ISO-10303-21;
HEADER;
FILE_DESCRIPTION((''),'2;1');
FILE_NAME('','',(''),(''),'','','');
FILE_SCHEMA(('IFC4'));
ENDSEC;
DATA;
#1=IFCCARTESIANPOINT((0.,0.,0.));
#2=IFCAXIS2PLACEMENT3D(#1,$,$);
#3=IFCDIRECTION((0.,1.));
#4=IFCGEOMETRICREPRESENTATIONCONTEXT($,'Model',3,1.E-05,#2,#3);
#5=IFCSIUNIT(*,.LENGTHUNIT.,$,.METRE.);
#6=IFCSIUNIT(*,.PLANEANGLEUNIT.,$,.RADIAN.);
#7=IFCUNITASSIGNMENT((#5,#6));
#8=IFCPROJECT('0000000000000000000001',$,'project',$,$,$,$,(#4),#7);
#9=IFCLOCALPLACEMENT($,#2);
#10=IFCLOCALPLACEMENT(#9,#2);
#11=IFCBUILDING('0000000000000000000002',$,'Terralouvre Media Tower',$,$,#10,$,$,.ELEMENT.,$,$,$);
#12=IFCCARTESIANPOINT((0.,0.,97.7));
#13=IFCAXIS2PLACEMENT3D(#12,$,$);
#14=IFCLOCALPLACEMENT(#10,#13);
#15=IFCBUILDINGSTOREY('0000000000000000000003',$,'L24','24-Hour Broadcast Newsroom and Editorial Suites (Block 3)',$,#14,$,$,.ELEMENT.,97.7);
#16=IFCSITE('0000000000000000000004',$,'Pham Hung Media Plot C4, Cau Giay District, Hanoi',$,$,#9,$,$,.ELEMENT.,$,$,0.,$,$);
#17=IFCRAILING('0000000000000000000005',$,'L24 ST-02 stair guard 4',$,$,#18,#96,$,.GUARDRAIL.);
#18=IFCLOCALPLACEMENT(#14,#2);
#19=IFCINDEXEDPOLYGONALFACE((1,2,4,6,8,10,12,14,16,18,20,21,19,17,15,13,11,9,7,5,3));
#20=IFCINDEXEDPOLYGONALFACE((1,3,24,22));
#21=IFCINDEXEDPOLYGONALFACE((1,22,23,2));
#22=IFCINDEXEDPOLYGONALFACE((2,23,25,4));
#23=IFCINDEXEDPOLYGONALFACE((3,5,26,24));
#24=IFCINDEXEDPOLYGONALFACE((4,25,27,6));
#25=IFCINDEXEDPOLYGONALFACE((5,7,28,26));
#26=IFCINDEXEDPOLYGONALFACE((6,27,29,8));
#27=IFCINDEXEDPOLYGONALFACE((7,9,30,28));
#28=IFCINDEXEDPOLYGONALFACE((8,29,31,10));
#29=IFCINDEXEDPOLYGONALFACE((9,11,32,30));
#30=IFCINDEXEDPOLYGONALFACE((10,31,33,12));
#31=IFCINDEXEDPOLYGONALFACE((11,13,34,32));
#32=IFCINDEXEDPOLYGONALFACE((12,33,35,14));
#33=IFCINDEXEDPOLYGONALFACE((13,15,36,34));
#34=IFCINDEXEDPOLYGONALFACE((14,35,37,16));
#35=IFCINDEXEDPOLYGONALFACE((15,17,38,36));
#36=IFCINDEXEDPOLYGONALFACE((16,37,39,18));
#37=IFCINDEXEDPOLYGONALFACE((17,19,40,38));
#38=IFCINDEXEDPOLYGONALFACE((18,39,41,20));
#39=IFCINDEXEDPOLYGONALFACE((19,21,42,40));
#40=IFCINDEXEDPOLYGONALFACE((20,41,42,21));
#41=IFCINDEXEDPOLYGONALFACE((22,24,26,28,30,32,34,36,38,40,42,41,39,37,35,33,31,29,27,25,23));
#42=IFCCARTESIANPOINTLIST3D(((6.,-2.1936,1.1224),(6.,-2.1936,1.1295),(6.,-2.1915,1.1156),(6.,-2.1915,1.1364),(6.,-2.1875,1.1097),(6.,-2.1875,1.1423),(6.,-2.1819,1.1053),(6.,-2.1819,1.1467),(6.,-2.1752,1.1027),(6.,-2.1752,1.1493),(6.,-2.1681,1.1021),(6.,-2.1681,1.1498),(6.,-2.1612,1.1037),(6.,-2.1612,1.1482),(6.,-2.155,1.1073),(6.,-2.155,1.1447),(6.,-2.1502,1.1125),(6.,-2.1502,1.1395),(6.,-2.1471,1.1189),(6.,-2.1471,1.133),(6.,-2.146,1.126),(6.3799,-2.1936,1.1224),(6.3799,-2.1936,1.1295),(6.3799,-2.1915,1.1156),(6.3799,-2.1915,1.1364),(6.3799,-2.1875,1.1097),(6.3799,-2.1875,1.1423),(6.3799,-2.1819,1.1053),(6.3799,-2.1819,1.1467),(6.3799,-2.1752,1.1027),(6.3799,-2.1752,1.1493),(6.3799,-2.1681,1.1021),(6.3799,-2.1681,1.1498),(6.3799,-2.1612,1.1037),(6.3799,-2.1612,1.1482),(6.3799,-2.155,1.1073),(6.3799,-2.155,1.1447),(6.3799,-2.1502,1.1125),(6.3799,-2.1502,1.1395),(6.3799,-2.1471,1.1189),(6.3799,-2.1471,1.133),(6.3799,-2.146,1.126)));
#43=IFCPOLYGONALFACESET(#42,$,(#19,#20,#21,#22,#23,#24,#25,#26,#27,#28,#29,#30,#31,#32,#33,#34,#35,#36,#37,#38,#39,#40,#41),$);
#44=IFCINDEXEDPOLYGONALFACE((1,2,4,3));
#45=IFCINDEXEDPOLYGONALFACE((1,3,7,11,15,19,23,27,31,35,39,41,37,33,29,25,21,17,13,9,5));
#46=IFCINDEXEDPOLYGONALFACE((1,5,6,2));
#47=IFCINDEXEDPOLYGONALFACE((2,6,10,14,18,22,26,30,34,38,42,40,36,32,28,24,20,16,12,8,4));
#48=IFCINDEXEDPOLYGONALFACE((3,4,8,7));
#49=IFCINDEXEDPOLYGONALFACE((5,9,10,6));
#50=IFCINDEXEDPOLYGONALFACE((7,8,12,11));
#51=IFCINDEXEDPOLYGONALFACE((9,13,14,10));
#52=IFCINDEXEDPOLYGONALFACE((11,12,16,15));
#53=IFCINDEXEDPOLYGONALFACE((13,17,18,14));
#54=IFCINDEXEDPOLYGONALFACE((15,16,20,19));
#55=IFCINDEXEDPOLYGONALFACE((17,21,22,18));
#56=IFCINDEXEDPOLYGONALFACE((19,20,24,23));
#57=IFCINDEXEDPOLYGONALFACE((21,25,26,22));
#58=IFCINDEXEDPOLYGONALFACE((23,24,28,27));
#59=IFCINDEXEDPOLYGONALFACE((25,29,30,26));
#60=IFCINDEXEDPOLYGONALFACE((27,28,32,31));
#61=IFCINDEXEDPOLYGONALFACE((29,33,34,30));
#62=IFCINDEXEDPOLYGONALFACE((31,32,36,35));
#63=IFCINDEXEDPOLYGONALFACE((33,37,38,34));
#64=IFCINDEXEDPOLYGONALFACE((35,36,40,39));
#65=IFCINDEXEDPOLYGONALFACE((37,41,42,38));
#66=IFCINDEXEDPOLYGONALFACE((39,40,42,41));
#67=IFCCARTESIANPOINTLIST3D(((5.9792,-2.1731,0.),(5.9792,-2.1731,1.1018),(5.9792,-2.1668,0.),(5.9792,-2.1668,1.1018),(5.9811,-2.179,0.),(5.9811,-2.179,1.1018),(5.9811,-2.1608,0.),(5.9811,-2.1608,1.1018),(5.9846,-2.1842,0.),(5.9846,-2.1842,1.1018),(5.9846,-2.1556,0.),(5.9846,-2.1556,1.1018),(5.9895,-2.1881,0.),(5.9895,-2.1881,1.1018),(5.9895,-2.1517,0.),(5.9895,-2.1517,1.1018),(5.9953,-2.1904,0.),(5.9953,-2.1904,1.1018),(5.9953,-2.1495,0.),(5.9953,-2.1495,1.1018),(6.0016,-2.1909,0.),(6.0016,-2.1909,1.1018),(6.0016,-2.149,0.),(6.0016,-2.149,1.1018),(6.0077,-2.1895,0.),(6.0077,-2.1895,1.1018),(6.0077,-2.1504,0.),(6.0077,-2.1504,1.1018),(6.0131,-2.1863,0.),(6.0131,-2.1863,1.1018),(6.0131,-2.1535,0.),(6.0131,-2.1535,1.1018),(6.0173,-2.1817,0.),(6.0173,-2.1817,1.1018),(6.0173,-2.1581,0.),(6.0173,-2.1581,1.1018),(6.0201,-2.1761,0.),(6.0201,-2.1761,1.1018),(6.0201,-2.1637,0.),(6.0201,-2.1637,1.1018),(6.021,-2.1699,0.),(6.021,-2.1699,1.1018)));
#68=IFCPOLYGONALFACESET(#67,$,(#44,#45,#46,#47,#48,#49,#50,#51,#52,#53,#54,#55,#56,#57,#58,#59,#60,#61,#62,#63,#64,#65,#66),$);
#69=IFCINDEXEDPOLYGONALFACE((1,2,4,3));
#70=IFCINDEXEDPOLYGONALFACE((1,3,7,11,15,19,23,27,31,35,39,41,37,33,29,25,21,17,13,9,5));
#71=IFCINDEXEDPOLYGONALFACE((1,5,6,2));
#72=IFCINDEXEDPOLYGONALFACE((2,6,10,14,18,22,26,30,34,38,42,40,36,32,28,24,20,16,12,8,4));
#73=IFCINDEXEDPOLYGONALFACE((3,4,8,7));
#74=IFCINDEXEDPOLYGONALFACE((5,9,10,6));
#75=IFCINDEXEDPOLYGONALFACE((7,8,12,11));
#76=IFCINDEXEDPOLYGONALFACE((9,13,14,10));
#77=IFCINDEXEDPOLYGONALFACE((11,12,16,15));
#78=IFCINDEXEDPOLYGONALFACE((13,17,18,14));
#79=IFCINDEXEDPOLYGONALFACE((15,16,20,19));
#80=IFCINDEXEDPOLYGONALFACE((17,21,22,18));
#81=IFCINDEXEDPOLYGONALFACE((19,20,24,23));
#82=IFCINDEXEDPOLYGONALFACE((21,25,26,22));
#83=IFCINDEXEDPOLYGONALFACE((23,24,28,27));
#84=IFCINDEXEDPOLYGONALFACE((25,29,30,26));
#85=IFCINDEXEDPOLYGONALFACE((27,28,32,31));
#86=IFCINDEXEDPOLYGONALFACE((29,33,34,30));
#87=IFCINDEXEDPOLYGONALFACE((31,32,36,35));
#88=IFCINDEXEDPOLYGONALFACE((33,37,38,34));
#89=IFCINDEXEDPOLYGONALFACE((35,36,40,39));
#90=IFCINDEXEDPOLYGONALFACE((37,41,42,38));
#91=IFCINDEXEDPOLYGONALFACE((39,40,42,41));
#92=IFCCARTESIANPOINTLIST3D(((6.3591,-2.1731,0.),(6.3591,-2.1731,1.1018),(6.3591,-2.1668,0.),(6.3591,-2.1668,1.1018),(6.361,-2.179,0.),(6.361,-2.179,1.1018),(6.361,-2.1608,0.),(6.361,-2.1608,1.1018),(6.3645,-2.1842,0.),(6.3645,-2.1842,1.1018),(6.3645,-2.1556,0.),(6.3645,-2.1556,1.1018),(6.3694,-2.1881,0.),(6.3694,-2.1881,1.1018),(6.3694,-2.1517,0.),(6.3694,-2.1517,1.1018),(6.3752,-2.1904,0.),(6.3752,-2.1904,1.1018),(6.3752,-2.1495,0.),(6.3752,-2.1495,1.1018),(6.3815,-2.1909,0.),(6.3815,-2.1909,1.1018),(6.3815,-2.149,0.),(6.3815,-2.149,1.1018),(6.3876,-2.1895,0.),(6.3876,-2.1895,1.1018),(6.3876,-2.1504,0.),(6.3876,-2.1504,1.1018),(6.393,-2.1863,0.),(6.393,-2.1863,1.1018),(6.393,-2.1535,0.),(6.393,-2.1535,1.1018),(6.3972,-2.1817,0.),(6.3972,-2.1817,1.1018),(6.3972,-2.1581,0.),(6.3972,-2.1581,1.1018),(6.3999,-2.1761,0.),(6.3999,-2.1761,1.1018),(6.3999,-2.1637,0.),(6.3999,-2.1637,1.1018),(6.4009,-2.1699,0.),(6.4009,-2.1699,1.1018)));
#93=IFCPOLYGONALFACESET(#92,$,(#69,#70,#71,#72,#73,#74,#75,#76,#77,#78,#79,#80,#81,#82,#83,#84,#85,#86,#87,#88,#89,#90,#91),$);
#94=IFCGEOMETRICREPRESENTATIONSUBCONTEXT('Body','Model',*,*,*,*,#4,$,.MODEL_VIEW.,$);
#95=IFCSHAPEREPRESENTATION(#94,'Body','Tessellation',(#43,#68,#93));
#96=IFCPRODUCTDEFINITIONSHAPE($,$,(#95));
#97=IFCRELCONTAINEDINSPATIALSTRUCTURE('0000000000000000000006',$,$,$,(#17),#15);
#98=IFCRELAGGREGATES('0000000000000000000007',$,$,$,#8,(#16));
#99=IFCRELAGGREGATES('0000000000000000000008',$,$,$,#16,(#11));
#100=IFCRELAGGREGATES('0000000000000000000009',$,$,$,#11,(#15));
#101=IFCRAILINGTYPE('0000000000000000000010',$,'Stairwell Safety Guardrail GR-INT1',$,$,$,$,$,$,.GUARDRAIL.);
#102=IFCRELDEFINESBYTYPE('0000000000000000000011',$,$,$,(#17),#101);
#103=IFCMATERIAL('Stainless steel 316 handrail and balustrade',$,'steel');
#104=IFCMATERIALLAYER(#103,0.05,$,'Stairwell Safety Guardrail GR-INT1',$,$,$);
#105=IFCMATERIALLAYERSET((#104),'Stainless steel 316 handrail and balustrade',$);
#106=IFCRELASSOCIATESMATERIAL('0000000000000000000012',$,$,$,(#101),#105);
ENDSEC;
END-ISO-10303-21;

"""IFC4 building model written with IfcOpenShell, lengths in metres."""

from ifc_helpers import new_model, si_unit, direction, frame, origin, origin_2d, place, context, subcontext, project, spatial, circle, extrude, material, layer, layer_set, type_object, element, save


model = new_model("IFC4")

# Units and contexts
model_context = context("Model", 3, precision=1e-05, world=origin(), true_north=direction((0.0, 1.0)))
body_context = subcontext(model_context, "Body", "Model", "MODEL_VIEW")
ifc_project = project(units=[si_unit("LENGTHUNIT", "METRE"), si_unit("PLANEANGLEUNIT", "RADIAN")], contexts=[model_context])

# Site, building, storey
site_placement = place(None, origin())
site = spatial("IfcSite", under=ifc_project, at=site_placement, Name="Pham Hung Media Plot C4, Cau Giay District, Hanoi", CompositionType="ELEMENT", RefElevation=0.0)
building_placement = place(site_placement, origin())
building = spatial("IfcBuilding", under=site, at=building_placement, Name="Terralouvre Media Tower", CompositionType="ELEMENT")
storey_placement = place(building_placement, frame((0.0, 0.0, 97.7)))
storey = spatial("IfcBuildingStorey", under=building, at=storey_placement, Name="L24", Description="24-Hour Broadcast Newsroom and Editorial Suites (Block 3)", CompositionType="ELEMENT", Elevation=97.7)

# Railing
ifc_material_1 = material(Name="Stainless steel 316 handrail and balustrade", Category="steel")
ifc_layer_1 = layer(ifc_material_1, 0.05, Name="Stairwell Safety Guardrail GR-INT1")
ifc_layer_set_1 = layer_set([ifc_layer_1], Name="Stainless steel 316 handrail and balustrade")
railing_type_1 = type_object("IfcRailingType", Name="Stairwell Safety Guardrail GR-INT1", PredefinedType="GUARDRAIL", material=ifc_layer_set_1)
railing_1_placement = place(storey_placement, frame((6.0, -2.1699, 0.0)))
element("IfcRailing", 1, at=railing_1_placement, inside=storey, type_object=railing_type_1, Name="L24 ST-02 stair guard 4", PredefinedType="GUARDRAIL", context=body_context, shape_type="SweptSolid", body=[
    extrude(circle(Radius=0.0239, at=origin_2d()), frame((0.0, 0.0, 1.126), z_axis=(1.0, 0.0, 0.0), x_axis=(0.0, 1.0, 0.0)), (0.0, 0.0, 1.0), 0.3799),
    extrude(circle(Radius=0.021, at=origin_2d()), origin(), (0.0, 0.0, 1.0), 1.1018),
    extrude(circle(Radius=0.021, at=origin_2d()), frame((0.3799, 0.0, 0.0)), (0.0, 0.0, 1.0), 1.1018),
])

save(model, "model.ifc")
